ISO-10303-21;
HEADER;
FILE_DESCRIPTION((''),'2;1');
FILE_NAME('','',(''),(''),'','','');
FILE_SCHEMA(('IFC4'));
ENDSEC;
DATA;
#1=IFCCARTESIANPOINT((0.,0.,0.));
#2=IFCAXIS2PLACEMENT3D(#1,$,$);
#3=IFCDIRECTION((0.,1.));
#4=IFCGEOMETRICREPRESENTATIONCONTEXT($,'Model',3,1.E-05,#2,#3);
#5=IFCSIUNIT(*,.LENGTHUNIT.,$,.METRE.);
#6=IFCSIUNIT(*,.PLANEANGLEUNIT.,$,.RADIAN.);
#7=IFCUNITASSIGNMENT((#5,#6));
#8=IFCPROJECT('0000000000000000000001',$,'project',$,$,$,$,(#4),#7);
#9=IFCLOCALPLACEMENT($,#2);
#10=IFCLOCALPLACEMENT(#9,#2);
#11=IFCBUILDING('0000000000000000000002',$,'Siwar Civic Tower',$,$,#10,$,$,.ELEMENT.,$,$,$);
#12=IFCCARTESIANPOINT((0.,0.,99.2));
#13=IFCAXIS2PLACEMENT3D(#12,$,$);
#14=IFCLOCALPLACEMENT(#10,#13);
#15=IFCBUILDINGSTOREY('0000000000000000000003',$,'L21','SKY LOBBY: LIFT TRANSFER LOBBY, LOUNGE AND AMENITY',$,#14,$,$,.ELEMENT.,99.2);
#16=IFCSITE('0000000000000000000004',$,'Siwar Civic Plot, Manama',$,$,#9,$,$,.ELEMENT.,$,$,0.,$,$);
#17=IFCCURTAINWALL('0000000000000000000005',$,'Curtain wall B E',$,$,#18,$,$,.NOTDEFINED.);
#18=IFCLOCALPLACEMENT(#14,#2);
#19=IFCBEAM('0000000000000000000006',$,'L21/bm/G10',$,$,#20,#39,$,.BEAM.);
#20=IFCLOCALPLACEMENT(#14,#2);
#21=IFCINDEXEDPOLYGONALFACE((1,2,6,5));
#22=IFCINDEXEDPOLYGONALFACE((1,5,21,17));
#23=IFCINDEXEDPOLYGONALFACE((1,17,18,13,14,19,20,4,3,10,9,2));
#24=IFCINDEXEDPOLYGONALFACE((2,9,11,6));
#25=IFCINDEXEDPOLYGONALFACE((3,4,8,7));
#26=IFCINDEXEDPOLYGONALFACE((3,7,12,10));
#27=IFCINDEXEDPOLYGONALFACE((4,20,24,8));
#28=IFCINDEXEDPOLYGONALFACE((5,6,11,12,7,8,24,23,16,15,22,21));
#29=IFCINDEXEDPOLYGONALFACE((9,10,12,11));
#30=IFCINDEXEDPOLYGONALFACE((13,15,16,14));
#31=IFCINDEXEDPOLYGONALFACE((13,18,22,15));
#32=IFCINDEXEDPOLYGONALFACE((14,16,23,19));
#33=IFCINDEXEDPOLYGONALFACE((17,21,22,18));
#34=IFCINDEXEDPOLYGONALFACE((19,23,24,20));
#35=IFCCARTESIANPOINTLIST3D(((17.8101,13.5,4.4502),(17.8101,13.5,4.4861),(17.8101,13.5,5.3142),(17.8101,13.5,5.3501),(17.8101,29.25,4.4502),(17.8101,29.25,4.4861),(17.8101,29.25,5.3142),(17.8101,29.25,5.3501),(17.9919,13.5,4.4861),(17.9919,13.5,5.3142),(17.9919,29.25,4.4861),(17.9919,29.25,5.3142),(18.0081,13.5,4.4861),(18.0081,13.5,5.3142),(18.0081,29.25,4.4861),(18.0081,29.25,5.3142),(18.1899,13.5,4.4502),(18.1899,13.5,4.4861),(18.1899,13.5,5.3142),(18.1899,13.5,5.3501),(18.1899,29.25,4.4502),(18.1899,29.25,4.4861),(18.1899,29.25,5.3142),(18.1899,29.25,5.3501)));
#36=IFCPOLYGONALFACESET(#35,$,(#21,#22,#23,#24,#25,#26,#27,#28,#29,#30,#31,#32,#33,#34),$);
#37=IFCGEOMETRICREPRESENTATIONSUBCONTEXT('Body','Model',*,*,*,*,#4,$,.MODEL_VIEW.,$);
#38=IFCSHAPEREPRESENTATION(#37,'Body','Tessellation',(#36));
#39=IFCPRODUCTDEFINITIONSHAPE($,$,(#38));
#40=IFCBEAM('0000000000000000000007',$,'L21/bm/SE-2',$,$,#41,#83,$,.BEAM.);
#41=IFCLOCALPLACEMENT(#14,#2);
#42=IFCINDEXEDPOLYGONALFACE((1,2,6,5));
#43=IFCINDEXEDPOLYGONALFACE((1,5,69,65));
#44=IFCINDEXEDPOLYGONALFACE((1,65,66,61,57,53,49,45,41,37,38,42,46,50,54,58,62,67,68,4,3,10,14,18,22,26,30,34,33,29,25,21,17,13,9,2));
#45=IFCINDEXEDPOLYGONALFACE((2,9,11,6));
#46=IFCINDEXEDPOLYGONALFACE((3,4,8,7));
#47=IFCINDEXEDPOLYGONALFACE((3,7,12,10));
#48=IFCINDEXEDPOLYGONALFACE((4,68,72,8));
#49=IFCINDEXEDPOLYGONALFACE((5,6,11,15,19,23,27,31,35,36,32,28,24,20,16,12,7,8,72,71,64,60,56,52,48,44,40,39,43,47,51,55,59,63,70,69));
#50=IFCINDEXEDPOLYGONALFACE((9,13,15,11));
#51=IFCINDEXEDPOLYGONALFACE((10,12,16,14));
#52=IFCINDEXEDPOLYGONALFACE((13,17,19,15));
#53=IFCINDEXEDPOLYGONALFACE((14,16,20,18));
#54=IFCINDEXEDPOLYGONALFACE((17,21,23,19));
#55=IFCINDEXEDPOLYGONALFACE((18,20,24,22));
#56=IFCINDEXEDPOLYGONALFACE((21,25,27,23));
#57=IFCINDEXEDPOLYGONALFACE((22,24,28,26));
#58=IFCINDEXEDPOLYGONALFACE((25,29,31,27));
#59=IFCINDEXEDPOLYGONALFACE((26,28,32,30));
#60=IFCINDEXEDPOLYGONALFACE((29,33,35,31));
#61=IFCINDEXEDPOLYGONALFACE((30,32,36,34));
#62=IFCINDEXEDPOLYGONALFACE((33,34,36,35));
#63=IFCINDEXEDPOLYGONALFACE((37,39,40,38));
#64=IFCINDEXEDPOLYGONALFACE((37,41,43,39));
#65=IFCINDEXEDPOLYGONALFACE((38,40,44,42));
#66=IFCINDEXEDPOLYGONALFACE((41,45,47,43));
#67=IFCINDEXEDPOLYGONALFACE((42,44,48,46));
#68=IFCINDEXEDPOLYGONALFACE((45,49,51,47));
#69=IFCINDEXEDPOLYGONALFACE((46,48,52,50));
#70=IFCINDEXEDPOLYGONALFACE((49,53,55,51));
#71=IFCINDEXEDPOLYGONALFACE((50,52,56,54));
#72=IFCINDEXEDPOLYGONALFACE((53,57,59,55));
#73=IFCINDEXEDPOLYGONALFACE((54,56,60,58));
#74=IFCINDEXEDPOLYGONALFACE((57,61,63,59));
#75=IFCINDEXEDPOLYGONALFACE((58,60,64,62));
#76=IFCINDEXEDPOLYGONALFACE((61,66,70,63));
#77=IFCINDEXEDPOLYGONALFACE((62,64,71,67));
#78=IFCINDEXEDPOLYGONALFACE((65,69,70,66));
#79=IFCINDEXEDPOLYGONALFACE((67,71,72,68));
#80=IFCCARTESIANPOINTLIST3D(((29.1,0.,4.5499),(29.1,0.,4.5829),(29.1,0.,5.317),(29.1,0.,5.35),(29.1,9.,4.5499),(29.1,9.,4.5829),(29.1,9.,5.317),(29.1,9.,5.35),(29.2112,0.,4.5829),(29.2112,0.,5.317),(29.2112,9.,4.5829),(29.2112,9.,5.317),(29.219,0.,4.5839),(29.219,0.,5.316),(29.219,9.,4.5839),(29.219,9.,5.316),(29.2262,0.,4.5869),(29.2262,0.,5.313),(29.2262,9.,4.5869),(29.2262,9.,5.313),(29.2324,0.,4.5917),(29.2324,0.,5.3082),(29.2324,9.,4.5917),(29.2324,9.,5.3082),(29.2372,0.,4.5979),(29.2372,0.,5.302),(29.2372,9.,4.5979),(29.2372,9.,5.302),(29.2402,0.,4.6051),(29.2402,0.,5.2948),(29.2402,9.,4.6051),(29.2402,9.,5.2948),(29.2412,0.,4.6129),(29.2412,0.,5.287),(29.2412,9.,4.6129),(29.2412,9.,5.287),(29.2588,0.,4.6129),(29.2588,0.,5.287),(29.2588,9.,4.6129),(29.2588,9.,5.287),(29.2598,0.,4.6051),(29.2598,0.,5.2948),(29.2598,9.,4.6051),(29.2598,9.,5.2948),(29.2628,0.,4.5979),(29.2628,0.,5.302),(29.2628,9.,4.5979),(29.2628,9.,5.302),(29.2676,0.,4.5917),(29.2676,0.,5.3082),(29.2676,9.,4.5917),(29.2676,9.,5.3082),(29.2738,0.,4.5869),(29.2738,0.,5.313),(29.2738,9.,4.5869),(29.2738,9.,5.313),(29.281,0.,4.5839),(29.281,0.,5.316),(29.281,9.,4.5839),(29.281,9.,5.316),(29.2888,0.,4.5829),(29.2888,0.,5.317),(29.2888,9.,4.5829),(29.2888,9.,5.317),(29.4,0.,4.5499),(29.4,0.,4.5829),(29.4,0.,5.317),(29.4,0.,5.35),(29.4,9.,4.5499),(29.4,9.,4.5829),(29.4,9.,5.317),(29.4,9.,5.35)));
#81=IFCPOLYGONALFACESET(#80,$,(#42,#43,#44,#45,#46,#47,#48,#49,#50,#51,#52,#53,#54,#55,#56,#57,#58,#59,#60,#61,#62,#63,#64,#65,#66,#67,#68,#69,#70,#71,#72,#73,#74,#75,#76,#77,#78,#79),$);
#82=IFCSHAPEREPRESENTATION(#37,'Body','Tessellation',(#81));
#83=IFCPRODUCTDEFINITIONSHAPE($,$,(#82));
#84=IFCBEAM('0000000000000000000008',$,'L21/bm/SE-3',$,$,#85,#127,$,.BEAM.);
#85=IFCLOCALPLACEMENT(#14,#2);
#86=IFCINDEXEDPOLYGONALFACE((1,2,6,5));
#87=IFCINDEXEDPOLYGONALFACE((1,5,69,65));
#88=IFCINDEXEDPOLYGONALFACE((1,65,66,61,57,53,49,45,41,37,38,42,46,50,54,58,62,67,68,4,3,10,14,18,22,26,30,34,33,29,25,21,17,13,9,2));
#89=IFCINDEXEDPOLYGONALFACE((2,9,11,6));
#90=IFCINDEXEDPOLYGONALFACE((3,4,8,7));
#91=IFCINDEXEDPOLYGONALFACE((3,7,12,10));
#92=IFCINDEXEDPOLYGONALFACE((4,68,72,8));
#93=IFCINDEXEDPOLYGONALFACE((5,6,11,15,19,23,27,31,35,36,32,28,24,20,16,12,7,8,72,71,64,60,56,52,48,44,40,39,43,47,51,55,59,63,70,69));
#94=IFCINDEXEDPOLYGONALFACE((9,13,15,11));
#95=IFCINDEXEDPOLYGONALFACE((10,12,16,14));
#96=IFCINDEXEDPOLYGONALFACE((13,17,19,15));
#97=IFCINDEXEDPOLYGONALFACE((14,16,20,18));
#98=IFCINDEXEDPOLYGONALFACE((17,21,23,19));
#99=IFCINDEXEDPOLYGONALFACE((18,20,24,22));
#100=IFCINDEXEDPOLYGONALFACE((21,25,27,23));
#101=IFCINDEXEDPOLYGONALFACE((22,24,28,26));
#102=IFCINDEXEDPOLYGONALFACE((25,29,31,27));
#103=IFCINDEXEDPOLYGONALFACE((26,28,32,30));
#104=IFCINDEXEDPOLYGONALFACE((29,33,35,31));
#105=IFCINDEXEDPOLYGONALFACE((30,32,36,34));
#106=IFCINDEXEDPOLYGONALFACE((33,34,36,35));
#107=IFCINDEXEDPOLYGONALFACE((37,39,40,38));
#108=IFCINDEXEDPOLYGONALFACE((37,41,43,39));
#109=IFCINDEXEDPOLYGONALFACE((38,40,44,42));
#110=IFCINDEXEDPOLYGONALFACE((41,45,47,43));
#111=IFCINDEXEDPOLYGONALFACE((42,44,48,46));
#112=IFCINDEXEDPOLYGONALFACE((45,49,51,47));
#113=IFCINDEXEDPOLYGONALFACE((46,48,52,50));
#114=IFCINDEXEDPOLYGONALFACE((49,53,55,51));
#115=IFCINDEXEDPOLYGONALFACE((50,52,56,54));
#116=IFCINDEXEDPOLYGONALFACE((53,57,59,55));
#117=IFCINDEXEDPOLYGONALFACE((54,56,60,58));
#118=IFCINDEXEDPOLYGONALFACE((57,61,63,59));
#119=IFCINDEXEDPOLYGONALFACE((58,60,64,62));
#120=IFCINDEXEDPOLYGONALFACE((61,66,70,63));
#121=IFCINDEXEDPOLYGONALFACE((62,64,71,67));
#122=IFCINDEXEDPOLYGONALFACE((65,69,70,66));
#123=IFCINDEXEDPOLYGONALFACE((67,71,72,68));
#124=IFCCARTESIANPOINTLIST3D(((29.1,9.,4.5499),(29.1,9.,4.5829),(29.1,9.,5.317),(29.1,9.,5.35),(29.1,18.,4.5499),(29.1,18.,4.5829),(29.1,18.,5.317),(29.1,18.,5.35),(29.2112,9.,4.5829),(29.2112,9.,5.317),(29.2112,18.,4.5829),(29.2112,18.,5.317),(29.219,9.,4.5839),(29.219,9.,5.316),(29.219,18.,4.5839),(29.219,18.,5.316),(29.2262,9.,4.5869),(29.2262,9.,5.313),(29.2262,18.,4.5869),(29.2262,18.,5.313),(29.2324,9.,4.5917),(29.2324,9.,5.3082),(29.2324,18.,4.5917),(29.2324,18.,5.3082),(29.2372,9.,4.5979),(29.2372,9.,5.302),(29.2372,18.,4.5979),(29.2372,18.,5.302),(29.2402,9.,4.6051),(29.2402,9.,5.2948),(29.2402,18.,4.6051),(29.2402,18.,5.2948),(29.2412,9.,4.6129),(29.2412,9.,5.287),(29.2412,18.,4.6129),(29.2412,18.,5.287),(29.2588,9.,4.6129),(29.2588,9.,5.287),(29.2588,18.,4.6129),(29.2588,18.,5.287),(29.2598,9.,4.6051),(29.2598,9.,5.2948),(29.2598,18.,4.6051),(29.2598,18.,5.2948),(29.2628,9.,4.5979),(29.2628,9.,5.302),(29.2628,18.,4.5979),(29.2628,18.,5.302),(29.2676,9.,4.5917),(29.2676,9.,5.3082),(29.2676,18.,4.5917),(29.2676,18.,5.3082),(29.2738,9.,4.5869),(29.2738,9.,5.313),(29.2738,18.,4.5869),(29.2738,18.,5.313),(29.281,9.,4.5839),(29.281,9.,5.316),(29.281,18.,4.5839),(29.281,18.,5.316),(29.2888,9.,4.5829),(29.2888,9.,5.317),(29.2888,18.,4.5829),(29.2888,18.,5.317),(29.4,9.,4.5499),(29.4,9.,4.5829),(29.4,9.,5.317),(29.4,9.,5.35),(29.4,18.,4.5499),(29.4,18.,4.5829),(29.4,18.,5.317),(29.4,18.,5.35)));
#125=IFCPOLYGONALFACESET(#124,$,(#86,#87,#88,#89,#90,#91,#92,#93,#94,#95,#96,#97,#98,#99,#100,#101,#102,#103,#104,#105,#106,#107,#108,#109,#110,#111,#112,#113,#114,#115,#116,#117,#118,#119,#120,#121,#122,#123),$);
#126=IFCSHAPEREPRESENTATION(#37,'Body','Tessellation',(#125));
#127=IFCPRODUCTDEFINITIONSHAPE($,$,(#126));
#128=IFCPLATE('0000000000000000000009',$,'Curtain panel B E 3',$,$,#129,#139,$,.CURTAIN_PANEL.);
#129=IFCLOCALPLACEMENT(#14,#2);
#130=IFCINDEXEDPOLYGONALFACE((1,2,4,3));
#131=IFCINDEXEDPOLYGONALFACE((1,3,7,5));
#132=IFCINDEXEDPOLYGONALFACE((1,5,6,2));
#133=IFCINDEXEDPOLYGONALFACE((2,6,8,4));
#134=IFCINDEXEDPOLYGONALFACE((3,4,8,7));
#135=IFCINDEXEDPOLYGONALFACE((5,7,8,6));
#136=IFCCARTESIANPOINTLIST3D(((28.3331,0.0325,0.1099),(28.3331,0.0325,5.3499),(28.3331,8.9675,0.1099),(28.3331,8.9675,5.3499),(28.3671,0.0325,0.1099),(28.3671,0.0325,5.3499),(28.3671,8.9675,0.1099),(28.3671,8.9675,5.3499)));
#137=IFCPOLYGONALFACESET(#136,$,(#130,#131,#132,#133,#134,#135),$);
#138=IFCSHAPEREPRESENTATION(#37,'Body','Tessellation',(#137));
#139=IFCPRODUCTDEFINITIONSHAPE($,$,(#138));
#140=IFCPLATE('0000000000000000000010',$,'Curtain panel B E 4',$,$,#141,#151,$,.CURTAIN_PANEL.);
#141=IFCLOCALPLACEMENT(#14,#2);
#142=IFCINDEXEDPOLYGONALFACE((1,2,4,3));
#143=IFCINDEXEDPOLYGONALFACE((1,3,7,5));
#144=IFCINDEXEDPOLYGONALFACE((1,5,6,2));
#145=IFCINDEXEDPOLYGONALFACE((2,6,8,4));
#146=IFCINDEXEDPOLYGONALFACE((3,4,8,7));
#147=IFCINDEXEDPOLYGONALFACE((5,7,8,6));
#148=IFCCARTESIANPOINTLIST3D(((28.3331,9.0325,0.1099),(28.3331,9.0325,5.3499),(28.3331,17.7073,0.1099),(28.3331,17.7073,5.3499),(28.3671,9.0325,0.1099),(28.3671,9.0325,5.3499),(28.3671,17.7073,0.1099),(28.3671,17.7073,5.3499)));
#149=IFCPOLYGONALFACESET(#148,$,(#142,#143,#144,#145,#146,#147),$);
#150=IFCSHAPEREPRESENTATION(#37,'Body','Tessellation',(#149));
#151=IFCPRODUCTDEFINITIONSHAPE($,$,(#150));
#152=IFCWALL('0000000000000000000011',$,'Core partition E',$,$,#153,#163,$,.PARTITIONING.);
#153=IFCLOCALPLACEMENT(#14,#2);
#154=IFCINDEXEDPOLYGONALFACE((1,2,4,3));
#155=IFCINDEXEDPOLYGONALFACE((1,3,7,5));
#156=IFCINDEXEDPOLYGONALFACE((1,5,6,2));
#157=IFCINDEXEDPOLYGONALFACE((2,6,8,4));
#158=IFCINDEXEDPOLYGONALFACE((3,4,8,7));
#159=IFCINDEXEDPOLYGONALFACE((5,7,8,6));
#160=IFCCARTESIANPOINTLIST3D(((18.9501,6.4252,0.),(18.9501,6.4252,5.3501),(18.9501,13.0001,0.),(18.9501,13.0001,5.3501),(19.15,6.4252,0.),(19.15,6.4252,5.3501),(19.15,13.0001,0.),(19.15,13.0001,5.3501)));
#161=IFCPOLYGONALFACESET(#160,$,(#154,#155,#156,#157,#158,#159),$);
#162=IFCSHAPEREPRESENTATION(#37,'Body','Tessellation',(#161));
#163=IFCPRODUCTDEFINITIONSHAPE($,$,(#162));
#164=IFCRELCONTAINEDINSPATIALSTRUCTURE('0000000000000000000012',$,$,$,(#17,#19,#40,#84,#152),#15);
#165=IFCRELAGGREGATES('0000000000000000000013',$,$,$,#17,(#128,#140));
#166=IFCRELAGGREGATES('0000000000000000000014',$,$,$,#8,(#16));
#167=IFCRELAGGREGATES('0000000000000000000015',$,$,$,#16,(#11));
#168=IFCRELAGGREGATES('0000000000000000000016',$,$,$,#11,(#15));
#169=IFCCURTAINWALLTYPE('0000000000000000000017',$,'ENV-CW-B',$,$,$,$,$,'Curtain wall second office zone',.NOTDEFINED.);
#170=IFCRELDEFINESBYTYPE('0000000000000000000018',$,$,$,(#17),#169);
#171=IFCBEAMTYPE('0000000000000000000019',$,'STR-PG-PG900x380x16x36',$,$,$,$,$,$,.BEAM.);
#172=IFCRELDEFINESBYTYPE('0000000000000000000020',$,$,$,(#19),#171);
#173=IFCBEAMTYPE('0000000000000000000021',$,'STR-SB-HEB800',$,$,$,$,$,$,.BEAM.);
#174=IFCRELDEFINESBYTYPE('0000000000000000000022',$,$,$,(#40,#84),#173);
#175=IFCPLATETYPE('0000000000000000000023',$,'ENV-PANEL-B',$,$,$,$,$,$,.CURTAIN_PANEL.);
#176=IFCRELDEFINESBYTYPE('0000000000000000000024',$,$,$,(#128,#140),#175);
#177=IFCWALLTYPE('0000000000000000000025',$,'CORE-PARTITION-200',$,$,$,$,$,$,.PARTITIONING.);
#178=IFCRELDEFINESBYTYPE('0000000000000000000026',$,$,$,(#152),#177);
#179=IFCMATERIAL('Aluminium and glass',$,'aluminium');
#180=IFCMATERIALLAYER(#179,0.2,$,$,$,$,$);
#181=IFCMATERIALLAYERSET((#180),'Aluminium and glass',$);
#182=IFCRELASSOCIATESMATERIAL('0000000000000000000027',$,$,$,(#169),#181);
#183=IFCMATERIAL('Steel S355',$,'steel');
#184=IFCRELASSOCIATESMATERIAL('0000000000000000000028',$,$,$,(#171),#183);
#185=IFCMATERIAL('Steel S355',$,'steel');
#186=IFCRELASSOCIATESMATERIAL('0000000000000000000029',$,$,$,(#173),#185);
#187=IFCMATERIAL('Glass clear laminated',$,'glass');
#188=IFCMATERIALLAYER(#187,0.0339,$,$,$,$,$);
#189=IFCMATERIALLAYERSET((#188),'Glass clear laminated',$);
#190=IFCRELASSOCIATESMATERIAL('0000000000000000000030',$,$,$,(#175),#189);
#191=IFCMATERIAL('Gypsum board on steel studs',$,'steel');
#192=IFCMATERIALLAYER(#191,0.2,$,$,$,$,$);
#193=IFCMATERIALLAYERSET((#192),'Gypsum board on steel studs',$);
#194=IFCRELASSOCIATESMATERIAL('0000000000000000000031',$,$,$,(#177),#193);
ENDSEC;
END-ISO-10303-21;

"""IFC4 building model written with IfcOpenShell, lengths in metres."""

from ifc_helpers import new_model, si_unit, direction, frame, frame_2d, origin, origin_2d, place, context, subcontext, project, spatial, rectangle, i_section, extrude, material, layer, layer_set, material_profile, profile_set, type_object, element, aggregate, save


model = new_model("IFC4")

# Units and contexts
model_context = context("Model", 3, precision=1e-05, world=origin(), true_north=direction((0.0, 1.0)))
body_context = subcontext(model_context, "Body", "Model", "MODEL_VIEW")
ifc_project = project(units=[si_unit("LENGTHUNIT", "METRE"), si_unit("PLANEANGLEUNIT", "RADIAN")], contexts=[model_context])

# Site, building, storey
site_placement = place(None, origin())
site = spatial("IfcSite", under=ifc_project, at=site_placement, Name="Siwar Civic Plot, Manama", CompositionType="ELEMENT", RefElevation=0.0)
building_placement = place(site_placement, origin())
building = spatial("IfcBuilding", under=site, at=building_placement, Name="Siwar Civic Tower", CompositionType="ELEMENT")
storey_placement = place(building_placement, frame((0.0, 0.0, 99.2)))
storey = spatial("IfcBuildingStorey", under=building, at=storey_placement, Name="L21", Description="SKY LOBBY: LIFT TRANSFER LOBBY, LOUNGE AND AMENITY", CompositionType="ELEMENT", Elevation=99.2)

# Curtain wall
ifc_material_1 = material(Name="Aluminium and glass", Category="aluminium")
ifc_layer_1 = layer(ifc_material_1, 0.2)
ifc_layer_set_1 = layer_set([ifc_layer_1], Name="Aluminium and glass")
curtain_wall_type = type_object("IfcCurtainWallType", Name="ENV-CW-B", ElementType="Curtain wall second office zone", PredefinedType="NOTDEFINED", material=ifc_layer_set_1)
curtain_wall_placement = place(storey_placement, origin())
curtain_wall = element("IfcCurtainWall", 1, at=curtain_wall_placement, inside=storey, type_object=curtain_wall_type, Name="Curtain wall B E", PredefinedType="NOTDEFINED")

# Beams
ifc_material_2 = material(Name="Steel S355", Category="steel")
ifc_material_profile_1 = material_profile(ifc_material_2, i_section(OverallWidth=0.3799, OverallDepth=0.8999, WebThickness=0.0161, FlangeThickness=0.0359, at=origin_2d()), Name="PG900x380x16x36")
ifc_profile_set_1 = profile_set([ifc_material_profile_1], Name="Steel S355")
beam_type_1 = type_object("IfcBeamType", Name="STR-PG-PG900x380x16x36", PredefinedType="BEAM", material=ifc_profile_set_1)
beam_placement = place(storey_placement, frame((18.0, 13.5, 4.9001), z_axis=(0.0, 1.0, 0.0), x_axis=(-1.0, 0.0, 0.0)))
element("IfcBeam", 2, at=beam_placement, inside=storey, type_object=beam_type_1, Name="L21/bm/G10", PredefinedType="BEAM", context=body_context, shape_type="SweptSolid", body=[
    extrude(i_section(OverallWidth=0.3799, OverallDepth=0.8999, WebThickness=0.0161, FlangeThickness=0.0359, at=origin_2d()), origin(), (0.0, 0.0, 1.0), 15.75),
])
ifc_material_3 = material(Name="Steel S355", Category="steel")
ifc_material_profile_2 = material_profile(ifc_material_3, i_section(OverallWidth=0.3, OverallDepth=0.8, WebThickness=0.0176, FlangeThickness=0.033, FilletRadius=0.03, at=origin_2d()), Name="HEB800")
ifc_profile_set_2 = profile_set([ifc_material_profile_2], Name="Steel S355")
beam_type_2 = type_object("IfcBeamType", Name="STR-SB-HEB800", PredefinedType="BEAM", material=ifc_profile_set_2)
for number, where, z_axis, x_axis, name in (
    (3, (29.25, 0.0, 4.95), (0.0, 1.0, 0.0), (-1.0, 0.0, 0.0), "L21/bm/SE-2"),
    (4, (29.25, 9.0, 4.95), (0.0, 1.0, 0.0), (-1.0, 0.0, 0.0), "L21/bm/SE-3"),
):
    element("IfcBeam", number, at=place(storey_placement, frame(where, z_axis=z_axis, x_axis=x_axis)), inside=storey, type_object=beam_type_2, Name=name, PredefinedType="BEAM", context=body_context, shape_type="SweptSolid", body=[
        extrude(i_section(OverallWidth=0.3, OverallDepth=0.8, WebThickness=0.0176, FlangeThickness=0.033, FilletRadius=0.03, at=origin_2d()), origin(), (0.0, 0.0, 1.0), 9.0),
    ])

# Plates
ifc_material_4 = material(Name="Glass clear laminated", Category="glass")
ifc_layer_2 = layer(ifc_material_4, 0.0339)
ifc_layer_set_2 = layer_set([ifc_layer_2], Name="Glass clear laminated")
plate_type = type_object("IfcPlateType", Name="ENV-PANEL-B", PredefinedType="CURTAIN_PANEL", material=ifc_layer_set_2)
plate_1_placement = place(storey_placement, frame((28.3501, 4.5, 0.1099), z_axis=(0.0, 0.0, 1.0), x_axis=(0.0, 1.0, 0.0)))
plate_1 = element("IfcPlate", 5, at=plate_1_placement, type_object=plate_type, Name="Curtain panel B E 3", PredefinedType="CURTAIN_PANEL", context=body_context, shape_type="SweptSolid", body=[
    extrude(rectangle(XDim=8.9351, YDim=0.0339, at=origin_2d()), origin(), (0.0, 0.0, 1.0), 5.24),
])
plate_2_placement = place(storey_placement, frame((28.3501, 13.3699, 0.1099), z_axis=(0.0, 0.0, 1.0), x_axis=(0.0, 1.0, 0.0)))
plate_2 = element("IfcPlate", 6, at=plate_2_placement, type_object=plate_type, Name="Curtain panel B E 4", PredefinedType="CURTAIN_PANEL", context=body_context, shape_type="SweptSolid", body=[
    extrude(rectangle(XDim=8.6748, YDim=0.0339, at=origin_2d()), origin(), (0.0, 0.0, 1.0), 5.24),
])
aggregate(curtain_wall, [plate_1, plate_2])

# Wall
ifc_material_5 = material(Name="Gypsum board on steel studs", Category="steel")
ifc_layer_3 = layer(ifc_material_5, 0.2)
ifc_layer_set_3 = layer_set([ifc_layer_3], Name="Gypsum board on steel studs")
wall_type_1 = type_object("IfcWallType", Name="CORE-PARTITION-200", PredefinedType="PARTITIONING", material=ifc_layer_set_3)
wall_1_placement = place(storey_placement, frame((19.05, 6.425, 0.0), z_axis=(0.0, 0.0, 1.0), x_axis=(0.0, 1.0, 0.0)))
element("IfcWall", 7, at=wall_1_placement, inside=storey, type_object=wall_type_1, Name="Core partition E", PredefinedType="PARTITIONING", context=body_context, shape_type="SweptSolid", body=[
    extrude(rectangle(XDim=6.575, YDim=0.2, at=frame_2d((3.2876, 0.0))), origin(), (0.0, 0.0, 1.0), 5.3501),
])

save(model, "model.ifc")
